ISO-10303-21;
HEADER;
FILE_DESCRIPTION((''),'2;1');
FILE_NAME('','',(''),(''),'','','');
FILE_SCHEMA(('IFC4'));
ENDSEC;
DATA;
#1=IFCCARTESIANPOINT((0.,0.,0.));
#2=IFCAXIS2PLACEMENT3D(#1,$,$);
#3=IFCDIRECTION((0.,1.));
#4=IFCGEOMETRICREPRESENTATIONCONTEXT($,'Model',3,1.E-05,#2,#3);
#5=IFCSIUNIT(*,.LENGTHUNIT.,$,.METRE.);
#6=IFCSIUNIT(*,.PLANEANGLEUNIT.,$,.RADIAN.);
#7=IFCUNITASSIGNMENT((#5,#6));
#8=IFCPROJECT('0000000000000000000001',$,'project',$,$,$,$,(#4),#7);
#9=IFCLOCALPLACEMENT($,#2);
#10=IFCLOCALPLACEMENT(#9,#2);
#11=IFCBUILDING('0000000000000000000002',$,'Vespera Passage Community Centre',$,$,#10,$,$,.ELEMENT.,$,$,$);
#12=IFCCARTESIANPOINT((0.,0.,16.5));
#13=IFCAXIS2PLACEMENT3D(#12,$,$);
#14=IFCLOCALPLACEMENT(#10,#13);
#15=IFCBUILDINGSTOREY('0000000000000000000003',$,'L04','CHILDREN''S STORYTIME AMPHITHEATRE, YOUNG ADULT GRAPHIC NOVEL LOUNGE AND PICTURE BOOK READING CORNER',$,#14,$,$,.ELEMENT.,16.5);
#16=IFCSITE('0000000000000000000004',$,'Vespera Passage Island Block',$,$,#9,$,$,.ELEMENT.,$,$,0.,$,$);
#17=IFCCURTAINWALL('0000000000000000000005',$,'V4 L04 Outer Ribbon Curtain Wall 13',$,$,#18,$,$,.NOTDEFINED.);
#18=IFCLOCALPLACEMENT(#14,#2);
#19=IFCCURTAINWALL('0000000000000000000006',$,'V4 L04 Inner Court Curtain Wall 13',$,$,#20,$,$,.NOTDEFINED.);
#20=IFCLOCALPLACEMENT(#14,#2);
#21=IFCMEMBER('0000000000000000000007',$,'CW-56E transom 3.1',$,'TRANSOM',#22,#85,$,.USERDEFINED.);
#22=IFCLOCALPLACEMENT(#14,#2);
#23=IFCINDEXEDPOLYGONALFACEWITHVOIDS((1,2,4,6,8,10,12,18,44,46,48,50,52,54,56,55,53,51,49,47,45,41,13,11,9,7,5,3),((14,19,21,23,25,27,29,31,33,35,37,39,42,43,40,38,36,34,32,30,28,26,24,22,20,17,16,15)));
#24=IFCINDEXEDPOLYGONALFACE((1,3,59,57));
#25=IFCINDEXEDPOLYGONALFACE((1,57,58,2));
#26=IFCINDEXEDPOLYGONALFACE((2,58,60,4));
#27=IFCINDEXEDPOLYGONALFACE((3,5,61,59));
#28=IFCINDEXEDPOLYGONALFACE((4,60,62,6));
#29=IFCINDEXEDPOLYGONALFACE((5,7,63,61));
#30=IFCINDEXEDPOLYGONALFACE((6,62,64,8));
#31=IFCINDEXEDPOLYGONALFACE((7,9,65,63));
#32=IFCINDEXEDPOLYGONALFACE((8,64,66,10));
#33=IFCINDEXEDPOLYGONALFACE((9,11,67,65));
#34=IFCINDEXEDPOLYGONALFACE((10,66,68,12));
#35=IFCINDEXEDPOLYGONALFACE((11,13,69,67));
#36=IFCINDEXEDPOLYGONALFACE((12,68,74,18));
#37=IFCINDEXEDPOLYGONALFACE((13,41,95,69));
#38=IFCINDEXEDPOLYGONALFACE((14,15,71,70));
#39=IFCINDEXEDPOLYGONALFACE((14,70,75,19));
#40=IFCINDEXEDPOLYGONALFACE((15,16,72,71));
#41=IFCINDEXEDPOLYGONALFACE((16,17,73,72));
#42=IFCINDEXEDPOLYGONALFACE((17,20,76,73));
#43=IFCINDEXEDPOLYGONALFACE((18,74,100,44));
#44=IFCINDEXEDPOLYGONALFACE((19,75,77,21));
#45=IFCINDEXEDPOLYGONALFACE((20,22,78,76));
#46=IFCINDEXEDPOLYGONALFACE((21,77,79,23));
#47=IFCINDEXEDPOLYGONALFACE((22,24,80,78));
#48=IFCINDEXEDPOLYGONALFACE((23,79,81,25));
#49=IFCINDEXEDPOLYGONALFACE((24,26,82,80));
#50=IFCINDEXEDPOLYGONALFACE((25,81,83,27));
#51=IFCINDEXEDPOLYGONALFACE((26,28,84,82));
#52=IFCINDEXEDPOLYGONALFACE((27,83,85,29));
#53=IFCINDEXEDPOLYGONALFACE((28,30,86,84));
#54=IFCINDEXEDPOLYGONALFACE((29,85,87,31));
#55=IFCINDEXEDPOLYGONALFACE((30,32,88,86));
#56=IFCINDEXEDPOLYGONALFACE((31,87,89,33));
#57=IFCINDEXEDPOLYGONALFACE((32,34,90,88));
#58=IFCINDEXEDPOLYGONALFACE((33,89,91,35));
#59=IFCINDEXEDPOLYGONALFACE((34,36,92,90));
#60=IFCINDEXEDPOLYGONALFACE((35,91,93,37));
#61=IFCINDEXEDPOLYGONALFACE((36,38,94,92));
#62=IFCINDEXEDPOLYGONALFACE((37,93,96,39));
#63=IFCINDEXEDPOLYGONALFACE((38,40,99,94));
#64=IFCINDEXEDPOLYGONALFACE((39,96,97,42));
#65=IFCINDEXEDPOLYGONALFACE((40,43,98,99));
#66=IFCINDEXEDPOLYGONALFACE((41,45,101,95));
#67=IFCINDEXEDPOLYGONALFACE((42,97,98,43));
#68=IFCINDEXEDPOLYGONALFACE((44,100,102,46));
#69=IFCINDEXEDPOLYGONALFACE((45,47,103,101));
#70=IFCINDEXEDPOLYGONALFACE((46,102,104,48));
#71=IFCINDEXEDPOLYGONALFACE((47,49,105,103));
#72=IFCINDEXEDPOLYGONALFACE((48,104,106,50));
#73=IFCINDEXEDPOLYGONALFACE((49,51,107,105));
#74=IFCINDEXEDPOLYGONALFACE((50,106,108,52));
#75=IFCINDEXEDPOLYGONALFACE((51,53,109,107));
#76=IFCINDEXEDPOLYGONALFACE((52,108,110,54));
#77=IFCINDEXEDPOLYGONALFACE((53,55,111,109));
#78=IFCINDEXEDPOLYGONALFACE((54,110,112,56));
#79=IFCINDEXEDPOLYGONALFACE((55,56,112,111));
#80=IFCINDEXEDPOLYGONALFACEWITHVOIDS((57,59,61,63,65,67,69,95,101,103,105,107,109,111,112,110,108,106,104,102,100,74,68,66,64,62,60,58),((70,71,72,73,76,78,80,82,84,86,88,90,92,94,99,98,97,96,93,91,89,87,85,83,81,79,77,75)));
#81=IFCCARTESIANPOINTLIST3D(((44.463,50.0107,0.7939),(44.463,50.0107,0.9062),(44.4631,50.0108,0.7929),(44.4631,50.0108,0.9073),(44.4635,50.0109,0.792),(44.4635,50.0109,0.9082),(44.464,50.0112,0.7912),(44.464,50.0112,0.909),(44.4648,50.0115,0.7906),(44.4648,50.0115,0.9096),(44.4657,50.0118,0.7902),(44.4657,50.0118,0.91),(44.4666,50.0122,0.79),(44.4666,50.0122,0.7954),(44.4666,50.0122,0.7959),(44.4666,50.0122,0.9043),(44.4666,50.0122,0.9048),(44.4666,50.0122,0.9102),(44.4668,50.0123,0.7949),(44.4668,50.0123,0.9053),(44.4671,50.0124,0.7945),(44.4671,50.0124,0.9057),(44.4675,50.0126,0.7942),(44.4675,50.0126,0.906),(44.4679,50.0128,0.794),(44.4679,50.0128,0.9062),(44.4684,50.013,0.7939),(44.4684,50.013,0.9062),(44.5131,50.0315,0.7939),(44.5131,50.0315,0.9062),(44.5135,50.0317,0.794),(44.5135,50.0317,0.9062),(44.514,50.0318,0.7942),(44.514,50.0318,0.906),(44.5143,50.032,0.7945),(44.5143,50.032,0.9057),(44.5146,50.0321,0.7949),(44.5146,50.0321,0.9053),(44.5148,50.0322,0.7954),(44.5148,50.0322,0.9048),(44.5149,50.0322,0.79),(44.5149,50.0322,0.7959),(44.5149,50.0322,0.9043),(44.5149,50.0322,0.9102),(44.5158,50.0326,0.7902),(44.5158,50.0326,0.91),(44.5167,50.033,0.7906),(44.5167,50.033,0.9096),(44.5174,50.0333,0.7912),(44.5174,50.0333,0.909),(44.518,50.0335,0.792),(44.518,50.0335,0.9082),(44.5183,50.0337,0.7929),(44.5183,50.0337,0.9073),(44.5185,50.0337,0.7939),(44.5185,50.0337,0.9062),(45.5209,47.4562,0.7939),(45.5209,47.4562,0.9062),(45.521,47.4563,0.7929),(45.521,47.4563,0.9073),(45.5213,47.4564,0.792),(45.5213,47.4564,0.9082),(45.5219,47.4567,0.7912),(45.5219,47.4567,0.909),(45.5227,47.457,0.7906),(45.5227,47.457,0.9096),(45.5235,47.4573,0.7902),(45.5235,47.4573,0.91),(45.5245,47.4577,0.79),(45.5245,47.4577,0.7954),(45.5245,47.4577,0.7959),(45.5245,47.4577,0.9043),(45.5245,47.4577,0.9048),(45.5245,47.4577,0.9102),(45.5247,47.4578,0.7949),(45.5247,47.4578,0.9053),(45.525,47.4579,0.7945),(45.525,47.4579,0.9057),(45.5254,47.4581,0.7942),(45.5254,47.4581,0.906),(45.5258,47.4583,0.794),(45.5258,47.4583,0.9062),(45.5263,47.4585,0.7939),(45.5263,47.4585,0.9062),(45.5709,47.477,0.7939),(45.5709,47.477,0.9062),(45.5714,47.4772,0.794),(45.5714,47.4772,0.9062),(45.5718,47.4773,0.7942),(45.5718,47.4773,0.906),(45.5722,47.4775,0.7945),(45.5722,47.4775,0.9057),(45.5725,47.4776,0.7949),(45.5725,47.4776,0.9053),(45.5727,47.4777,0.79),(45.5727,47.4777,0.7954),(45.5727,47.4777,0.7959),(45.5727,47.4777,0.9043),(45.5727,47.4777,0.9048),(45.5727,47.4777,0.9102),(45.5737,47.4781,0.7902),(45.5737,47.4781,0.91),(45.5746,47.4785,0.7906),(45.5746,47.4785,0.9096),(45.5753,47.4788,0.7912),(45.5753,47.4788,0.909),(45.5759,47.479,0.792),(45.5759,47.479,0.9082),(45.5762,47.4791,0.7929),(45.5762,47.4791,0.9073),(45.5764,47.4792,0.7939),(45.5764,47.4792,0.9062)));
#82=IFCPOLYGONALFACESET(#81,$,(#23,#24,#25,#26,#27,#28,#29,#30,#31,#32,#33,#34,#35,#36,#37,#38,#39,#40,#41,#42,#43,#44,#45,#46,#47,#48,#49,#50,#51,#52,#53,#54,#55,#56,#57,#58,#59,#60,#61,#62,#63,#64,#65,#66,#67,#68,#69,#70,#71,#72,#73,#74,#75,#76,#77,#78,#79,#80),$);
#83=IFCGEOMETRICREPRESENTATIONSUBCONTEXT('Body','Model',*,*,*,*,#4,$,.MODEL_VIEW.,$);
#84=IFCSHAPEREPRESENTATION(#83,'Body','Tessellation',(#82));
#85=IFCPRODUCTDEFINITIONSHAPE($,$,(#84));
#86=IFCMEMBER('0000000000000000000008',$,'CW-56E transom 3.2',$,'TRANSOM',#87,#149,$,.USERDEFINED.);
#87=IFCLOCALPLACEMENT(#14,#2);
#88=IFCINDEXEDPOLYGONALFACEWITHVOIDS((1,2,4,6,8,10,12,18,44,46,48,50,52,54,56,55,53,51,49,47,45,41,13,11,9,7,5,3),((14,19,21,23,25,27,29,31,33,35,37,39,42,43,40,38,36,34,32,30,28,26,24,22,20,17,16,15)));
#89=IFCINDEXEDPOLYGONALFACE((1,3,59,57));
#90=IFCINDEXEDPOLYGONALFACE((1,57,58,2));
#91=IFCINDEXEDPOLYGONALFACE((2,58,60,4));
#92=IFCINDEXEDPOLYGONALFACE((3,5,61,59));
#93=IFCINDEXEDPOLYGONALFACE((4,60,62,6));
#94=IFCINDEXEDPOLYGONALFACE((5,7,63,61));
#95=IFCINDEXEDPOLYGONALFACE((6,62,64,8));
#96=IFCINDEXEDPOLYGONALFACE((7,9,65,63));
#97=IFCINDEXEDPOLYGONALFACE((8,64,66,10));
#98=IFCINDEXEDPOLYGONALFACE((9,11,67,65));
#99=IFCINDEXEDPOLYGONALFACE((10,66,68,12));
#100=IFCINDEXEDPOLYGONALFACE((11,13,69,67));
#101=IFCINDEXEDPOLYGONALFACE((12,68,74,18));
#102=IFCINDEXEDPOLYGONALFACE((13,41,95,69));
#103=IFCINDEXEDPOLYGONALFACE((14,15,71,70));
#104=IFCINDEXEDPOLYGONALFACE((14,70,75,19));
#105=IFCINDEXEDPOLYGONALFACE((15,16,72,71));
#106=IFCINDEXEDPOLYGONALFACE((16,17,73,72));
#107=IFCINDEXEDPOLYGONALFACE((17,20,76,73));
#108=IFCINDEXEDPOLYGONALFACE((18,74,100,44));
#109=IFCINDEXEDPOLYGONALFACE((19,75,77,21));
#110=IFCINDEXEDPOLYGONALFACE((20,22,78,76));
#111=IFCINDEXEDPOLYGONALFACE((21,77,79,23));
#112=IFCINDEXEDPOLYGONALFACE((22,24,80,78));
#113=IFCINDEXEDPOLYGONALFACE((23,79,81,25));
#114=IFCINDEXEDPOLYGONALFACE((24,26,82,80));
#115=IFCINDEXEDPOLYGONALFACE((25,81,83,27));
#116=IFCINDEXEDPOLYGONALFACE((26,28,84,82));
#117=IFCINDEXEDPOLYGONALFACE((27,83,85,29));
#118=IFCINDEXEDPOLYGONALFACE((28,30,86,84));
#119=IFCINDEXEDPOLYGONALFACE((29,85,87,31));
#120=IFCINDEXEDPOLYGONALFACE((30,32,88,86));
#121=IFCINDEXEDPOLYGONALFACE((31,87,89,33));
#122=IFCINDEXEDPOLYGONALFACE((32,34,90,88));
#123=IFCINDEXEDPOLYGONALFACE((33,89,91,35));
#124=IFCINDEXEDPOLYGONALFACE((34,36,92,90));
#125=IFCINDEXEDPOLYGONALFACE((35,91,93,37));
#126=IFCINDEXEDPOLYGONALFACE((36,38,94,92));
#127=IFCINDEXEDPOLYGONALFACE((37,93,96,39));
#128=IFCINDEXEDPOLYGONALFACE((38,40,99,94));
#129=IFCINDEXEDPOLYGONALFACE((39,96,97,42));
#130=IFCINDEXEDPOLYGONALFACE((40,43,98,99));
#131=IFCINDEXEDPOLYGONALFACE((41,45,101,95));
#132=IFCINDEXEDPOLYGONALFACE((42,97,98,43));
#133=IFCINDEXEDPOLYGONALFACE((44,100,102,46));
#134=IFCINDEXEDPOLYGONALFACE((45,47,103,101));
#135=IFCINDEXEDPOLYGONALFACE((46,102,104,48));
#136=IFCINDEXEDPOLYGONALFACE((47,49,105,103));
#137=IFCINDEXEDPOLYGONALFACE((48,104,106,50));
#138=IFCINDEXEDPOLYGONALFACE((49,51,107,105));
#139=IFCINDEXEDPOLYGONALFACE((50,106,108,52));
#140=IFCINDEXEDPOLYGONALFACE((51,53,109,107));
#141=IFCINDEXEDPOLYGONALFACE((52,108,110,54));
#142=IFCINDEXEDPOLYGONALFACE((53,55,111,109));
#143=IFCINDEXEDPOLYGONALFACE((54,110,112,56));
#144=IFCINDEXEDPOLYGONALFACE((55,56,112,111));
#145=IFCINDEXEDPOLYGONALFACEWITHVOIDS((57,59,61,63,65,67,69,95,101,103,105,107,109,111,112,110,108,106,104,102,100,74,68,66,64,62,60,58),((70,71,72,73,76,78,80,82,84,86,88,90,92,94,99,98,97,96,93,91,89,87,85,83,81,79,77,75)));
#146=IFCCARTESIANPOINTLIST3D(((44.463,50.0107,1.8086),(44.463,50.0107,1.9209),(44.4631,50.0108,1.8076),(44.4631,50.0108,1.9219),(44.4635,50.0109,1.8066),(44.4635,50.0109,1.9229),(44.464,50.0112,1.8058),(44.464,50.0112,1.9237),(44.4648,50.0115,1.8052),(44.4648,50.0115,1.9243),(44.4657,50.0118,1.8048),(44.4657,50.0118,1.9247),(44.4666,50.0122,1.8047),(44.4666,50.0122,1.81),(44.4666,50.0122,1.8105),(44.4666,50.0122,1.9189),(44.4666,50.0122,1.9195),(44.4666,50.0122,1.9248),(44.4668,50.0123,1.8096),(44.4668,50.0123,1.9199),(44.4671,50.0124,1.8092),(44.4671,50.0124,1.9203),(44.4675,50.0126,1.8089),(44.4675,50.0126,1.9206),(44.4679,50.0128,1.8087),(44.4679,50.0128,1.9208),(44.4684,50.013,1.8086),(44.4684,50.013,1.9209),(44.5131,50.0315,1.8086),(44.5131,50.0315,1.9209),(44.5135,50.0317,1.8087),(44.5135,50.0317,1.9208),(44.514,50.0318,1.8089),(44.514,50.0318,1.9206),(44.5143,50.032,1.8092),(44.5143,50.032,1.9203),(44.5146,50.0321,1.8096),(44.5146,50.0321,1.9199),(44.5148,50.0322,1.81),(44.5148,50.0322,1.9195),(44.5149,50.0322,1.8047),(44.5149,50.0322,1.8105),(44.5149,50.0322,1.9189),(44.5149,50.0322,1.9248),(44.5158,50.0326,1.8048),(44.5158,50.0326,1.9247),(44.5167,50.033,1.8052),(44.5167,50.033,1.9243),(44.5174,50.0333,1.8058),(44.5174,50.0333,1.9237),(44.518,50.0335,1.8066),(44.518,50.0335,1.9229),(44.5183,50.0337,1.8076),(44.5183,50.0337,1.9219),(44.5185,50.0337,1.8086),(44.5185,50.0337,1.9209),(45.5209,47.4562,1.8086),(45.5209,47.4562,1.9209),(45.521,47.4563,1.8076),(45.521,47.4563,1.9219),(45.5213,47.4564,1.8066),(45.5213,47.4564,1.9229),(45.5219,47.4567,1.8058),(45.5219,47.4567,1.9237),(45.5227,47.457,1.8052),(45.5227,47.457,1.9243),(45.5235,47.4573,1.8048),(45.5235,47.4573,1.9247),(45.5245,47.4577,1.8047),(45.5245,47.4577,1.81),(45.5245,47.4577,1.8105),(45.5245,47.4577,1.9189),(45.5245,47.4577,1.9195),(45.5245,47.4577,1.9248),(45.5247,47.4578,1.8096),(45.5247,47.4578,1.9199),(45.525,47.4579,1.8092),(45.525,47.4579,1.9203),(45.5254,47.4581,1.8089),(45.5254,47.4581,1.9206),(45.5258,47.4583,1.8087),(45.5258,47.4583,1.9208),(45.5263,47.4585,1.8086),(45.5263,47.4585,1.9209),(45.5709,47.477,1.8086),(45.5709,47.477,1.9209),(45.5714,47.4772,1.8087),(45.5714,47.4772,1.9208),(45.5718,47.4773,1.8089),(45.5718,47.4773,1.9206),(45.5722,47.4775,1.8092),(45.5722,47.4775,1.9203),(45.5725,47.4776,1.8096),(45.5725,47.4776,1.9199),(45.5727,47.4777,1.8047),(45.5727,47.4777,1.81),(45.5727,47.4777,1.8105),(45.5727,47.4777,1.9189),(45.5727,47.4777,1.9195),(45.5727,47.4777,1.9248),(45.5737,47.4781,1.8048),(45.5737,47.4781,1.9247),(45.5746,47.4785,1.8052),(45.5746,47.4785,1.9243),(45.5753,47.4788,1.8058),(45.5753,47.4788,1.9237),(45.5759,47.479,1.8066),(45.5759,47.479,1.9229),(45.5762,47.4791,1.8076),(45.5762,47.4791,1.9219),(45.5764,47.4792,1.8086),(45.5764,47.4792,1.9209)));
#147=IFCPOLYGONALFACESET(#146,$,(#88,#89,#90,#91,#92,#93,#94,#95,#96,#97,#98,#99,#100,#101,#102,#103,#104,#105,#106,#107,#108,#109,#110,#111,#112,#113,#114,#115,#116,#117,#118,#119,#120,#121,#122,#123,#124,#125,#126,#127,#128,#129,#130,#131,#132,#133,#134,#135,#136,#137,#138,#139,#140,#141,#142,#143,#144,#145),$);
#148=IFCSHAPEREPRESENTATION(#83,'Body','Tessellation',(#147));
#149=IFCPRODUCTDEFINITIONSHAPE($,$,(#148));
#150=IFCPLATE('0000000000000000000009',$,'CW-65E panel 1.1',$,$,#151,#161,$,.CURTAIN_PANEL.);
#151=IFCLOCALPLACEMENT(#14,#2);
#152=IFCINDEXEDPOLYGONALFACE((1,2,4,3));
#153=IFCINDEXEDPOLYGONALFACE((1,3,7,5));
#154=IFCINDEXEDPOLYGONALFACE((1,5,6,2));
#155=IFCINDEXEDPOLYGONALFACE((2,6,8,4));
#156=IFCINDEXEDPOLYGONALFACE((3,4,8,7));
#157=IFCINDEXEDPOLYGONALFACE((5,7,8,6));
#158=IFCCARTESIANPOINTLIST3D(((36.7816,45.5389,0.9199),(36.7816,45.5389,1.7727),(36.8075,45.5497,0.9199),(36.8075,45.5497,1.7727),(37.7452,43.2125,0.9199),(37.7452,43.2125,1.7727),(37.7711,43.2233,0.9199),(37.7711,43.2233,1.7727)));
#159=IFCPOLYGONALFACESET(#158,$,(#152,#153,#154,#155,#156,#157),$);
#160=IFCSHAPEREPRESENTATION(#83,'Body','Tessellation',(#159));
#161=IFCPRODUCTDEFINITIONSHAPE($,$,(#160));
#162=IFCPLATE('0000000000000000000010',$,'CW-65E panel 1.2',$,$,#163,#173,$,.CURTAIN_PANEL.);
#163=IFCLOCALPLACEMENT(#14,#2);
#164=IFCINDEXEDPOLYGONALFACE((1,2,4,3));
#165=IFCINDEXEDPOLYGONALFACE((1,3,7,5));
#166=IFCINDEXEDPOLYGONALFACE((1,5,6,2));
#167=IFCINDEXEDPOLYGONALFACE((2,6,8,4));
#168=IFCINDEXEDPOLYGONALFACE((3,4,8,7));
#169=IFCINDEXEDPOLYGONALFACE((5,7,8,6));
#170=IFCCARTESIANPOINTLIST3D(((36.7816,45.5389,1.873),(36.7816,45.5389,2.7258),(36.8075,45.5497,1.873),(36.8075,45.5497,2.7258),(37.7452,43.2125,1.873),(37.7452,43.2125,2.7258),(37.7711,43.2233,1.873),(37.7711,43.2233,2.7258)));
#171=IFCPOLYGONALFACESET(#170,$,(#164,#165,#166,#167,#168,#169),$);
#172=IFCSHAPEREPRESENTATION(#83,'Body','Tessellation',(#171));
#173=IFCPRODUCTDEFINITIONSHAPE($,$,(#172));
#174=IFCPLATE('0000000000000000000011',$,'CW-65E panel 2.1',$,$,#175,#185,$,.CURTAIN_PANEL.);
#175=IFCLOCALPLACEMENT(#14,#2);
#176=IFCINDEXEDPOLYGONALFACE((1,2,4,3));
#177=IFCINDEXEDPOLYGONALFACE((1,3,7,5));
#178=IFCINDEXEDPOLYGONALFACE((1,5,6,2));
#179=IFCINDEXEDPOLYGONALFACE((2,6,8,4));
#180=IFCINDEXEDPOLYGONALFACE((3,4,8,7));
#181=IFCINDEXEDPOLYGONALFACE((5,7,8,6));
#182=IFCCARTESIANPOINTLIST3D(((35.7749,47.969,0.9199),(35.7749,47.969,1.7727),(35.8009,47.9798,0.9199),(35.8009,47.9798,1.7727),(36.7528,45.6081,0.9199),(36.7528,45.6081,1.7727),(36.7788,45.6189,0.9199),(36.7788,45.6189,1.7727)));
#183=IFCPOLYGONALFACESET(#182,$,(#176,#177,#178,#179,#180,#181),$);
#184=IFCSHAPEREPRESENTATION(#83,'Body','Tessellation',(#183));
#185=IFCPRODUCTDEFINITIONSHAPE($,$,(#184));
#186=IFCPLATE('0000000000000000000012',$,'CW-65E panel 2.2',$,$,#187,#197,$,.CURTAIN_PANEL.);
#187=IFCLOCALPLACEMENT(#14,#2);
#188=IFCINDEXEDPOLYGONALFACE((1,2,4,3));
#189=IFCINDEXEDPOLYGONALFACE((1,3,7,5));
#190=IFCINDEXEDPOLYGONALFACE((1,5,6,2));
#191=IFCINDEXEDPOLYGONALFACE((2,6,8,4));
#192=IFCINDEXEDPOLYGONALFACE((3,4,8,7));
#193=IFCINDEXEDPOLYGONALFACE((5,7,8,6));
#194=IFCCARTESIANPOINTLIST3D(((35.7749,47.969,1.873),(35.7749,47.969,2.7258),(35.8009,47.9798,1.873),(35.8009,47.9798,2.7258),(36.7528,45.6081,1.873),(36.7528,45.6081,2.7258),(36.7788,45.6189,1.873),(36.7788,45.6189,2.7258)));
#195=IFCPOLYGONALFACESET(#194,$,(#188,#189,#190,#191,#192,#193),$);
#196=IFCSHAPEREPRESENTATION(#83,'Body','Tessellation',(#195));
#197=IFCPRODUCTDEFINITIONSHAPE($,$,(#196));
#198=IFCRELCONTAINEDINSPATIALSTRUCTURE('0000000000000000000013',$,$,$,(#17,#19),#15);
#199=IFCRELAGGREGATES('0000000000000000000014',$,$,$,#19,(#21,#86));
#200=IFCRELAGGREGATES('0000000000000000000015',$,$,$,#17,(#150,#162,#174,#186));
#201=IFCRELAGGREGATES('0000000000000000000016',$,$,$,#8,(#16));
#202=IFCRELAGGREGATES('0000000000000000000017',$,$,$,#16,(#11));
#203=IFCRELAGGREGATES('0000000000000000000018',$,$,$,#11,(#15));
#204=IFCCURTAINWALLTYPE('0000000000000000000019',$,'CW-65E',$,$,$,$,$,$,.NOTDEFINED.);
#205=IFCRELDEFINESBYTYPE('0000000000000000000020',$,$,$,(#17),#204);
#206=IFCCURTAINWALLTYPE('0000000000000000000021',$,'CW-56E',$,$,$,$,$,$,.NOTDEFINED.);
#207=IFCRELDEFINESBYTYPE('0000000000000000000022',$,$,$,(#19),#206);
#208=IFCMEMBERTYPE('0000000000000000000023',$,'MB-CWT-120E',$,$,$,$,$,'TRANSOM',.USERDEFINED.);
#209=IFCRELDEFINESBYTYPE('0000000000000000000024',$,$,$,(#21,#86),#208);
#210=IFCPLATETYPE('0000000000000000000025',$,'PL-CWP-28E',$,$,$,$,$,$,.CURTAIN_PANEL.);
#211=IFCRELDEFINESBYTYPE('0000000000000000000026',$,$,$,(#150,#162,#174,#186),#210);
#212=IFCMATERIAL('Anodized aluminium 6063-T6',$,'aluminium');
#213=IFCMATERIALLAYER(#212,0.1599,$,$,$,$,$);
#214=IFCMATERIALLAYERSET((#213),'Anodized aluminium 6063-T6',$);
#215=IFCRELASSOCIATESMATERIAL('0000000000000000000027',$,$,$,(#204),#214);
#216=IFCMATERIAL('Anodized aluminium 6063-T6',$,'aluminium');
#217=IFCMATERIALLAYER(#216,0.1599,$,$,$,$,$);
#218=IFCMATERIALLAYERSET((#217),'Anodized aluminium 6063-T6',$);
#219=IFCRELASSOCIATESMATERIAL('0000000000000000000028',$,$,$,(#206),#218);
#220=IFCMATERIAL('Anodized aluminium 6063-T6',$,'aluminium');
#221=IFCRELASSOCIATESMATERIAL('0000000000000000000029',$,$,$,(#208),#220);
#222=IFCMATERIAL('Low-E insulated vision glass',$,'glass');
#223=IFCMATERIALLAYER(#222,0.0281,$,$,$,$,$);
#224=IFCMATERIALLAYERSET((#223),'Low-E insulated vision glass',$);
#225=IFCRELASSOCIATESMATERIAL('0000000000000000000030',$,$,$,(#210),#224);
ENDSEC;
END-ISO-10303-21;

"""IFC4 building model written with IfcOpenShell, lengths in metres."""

from ifc_helpers import new_model, si_unit, direction, frame, origin, origin_2d, place, context, subcontext, project, spatial, rectangle, hollow_rectangle, extrude, material, layer, layer_set, material_profile, profile_set, type_object, element, aggregate, save


model = new_model("IFC4")

# Units and contexts
model_context = context("Model", 3, precision=1e-05, world=origin(), true_north=direction((0.0, 1.0)))
body_context = subcontext(model_context, "Body", "Model", "MODEL_VIEW")
ifc_project = project(units=[si_unit("LENGTHUNIT", "METRE"), si_unit("PLANEANGLEUNIT", "RADIAN")], contexts=[model_context])

# Site, building, storey
site_placement = place(None, origin())
site = spatial("IfcSite", under=ifc_project, at=site_placement, Name="Vespera Passage Island Block", CompositionType="ELEMENT", RefElevation=0.0)
building_placement = place(site_placement, origin())
building = spatial("IfcBuilding", under=site, at=building_placement, Name="Vespera Passage Community Centre", CompositionType="ELEMENT")
storey_placement = place(building_placement, frame((0.0, 0.0, 16.5)))
storey = spatial("IfcBuildingStorey", under=building, at=storey_placement, Name="L04", Description="CHILDREN'S STORYTIME AMPHITHEATRE, YOUNG ADULT GRAPHIC NOVEL LOUNGE AND PICTURE BOOK READING CORNER", CompositionType="ELEMENT", Elevation=16.5)

# Curtain walls, members
ifc_material_1 = material(Name="Anodized aluminium 6063-T6", Category="aluminium")
ifc_layer_1 = layer(ifc_material_1, 0.1599)
ifc_layer_set_1 = layer_set([ifc_layer_1], Name="Anodized aluminium 6063-T6")
curtain_wall_type_1 = type_object("IfcCurtainWallType", Name="CW-65E", PredefinedType="NOTDEFINED", material=ifc_layer_set_1)
curtain_wall_1_placement = place(storey_placement, origin())
curtain_wall_1 = element("IfcCurtainWall", 1, at=curtain_wall_1_placement, inside=storey, type_object=curtain_wall_type_1, Name="V4 L04 Outer Ribbon Curtain Wall 13", PredefinedType="NOTDEFINED")
ifc_material_2 = material(Name="Anodized aluminium 6063-T6", Category="aluminium")
ifc_layer_2 = layer(ifc_material_2, 0.1599)
ifc_layer_set_2 = layer_set([ifc_layer_2], Name="Anodized aluminium 6063-T6")
curtain_wall_type_2 = type_object("IfcCurtainWallType", Name="CW-56E", PredefinedType="NOTDEFINED", material=ifc_layer_set_2)
curtain_wall_2_placement = place(storey_placement, origin())
curtain_wall_2 = element("IfcCurtainWall", 2, at=curtain_wall_2_placement, inside=storey, type_object=curtain_wall_type_2, Name="V4 L04 Inner Court Curtain Wall 13", PredefinedType="NOTDEFINED")
ifc_material_3 = material(Name="Anodized aluminium 6063-T6", Category="aluminium")
ifc_material_profile_1 = material_profile(ifc_material_3, hollow_rectangle(XDim=0.0601, YDim=0.1201, WallThickness=0.0039, InnerFilletRadius=0.002, OuterFilletRadius=0.0039, at=origin_2d()), Name="ALU120X60X4")
ifc_profile_set_1 = profile_set([ifc_material_profile_1], Name="Anodized aluminium 6063-T6")
member_type_1 = type_object("IfcMemberType", Name="MB-CWT-120E", ElementType="TRANSOM", PredefinedType="USERDEFINED", material=ifc_profile_set_1)
member_1_placement = place(storey_placement, frame((44.4907, 50.0222, 0.8501), z_axis=(0.382614, -0.923908, 0.0), x_axis=(0.923908, 0.382614, 0.0)))
member_1 = element("IfcMember", 3, at=member_1_placement, type_object=member_type_1, Name="CW-56E transom 3.1", ObjectType="TRANSOM", PredefinedType="USERDEFINED", context=body_context, shape_type="SweptSolid", body=[
    extrude(hollow_rectangle(XDim=0.0601, YDim=0.1201, WallThickness=0.0039, InnerFilletRadius=0.002, OuterFilletRadius=0.0039, at=origin_2d()), origin(), (0.0, 0.0, 1.0), 2.7649),
])
member_2_placement = place(storey_placement, frame((44.4907, 50.0222, 1.8647), z_axis=(0.382614, -0.923908, 0.0), x_axis=(0.923908, 0.382614, 0.0)))
member_2 = element("IfcMember", 4, at=member_2_placement, type_object=member_type_1, Name="CW-56E transom 3.2", ObjectType="TRANSOM", PredefinedType="USERDEFINED", context=body_context, shape_type="SweptSolid", body=[
    extrude(hollow_rectangle(XDim=0.0601, YDim=0.1201, WallThickness=0.0039, InnerFilletRadius=0.002, OuterFilletRadius=0.0039, at=origin_2d()), origin(), (0.0, 0.0, 1.0), 2.7649),
])
aggregate(curtain_wall_2, [member_1, member_2])

# Plates
ifc_material_4 = material(Name="Low-E insulated vision glass", Category="glass")
ifc_layer_3 = layer(ifc_material_4, 0.0281)
ifc_layer_set_3 = layer_set([ifc_layer_3], Name="Low-E insulated vision glass")
plate_type = type_object("IfcPlateType", Name="PL-CWP-28E", PredefinedType="CURTAIN_PANEL", material=ifc_layer_set_3)
plate_1_placement = place(storey_placement, frame((37.2764, 44.3811, 0.9199), z_axis=(0.0, 0.0, 1.0), x_axis=(-0.382679, 0.923881, 0.0)))
plate_1 = element("IfcPlate", 5, at=plate_1_placement, type_object=plate_type, Name="CW-65E panel 1.1", PredefinedType="CURTAIN_PANEL", context=body_context, shape_type="SweptSolid", body=[
    extrude(rectangle(XDim=2.5181, YDim=0.0281, at=origin_2d()), origin(), (0.0, 0.0, 1.0), 0.8528),
])
plate_2_placement = place(storey_placement, frame((37.2764, 44.3811, 1.873), z_axis=(0.0, 0.0, 1.0), x_axis=(-0.382679, 0.923881, 0.0)))
plate_2 = element("IfcPlate", 6, at=plate_2_placement, type_object=plate_type, Name="CW-65E panel 1.2", PredefinedType="CURTAIN_PANEL", context=body_context, shape_type="SweptSolid", body=[
    extrude(rectangle(XDim=2.5181, YDim=0.0281, at=origin_2d()), origin(), (0.0, 0.0, 1.0), 0.8528),
])
plate_3_placement = place(storey_placement, frame((36.2769, 46.7939, 0.9199), z_axis=(0.0, 0.0, 1.0), x_axis=(-0.382679, 0.923881, 0.0)))
plate_3 = element("IfcPlate", 7, at=plate_3_placement, type_object=plate_type, Name="CW-65E panel 2.1", PredefinedType="CURTAIN_PANEL", context=body_context, shape_type="SweptSolid", body=[
    extrude(rectangle(XDim=2.5554, YDim=0.0281, at=origin_2d()), origin(), (0.0, 0.0, 1.0), 0.8528),
])
plate_4_placement = place(storey_placement, frame((36.2769, 46.7939, 1.873), z_axis=(0.0, 0.0, 1.0), x_axis=(-0.382679, 0.923881, 0.0)))
plate_4 = element("IfcPlate", 8, at=plate_4_placement, type_object=plate_type, Name="CW-65E panel 2.2", PredefinedType="CURTAIN_PANEL", context=body_context, shape_type="SweptSolid", body=[
    extrude(rectangle(XDim=2.5554, YDim=0.0281, at=origin_2d()), origin(), (0.0, 0.0, 1.0), 0.8528),
])
aggregate(curtain_wall_1, [plate_1, plate_2, plate_3, plate_4])

save(model, "model.ifc")
